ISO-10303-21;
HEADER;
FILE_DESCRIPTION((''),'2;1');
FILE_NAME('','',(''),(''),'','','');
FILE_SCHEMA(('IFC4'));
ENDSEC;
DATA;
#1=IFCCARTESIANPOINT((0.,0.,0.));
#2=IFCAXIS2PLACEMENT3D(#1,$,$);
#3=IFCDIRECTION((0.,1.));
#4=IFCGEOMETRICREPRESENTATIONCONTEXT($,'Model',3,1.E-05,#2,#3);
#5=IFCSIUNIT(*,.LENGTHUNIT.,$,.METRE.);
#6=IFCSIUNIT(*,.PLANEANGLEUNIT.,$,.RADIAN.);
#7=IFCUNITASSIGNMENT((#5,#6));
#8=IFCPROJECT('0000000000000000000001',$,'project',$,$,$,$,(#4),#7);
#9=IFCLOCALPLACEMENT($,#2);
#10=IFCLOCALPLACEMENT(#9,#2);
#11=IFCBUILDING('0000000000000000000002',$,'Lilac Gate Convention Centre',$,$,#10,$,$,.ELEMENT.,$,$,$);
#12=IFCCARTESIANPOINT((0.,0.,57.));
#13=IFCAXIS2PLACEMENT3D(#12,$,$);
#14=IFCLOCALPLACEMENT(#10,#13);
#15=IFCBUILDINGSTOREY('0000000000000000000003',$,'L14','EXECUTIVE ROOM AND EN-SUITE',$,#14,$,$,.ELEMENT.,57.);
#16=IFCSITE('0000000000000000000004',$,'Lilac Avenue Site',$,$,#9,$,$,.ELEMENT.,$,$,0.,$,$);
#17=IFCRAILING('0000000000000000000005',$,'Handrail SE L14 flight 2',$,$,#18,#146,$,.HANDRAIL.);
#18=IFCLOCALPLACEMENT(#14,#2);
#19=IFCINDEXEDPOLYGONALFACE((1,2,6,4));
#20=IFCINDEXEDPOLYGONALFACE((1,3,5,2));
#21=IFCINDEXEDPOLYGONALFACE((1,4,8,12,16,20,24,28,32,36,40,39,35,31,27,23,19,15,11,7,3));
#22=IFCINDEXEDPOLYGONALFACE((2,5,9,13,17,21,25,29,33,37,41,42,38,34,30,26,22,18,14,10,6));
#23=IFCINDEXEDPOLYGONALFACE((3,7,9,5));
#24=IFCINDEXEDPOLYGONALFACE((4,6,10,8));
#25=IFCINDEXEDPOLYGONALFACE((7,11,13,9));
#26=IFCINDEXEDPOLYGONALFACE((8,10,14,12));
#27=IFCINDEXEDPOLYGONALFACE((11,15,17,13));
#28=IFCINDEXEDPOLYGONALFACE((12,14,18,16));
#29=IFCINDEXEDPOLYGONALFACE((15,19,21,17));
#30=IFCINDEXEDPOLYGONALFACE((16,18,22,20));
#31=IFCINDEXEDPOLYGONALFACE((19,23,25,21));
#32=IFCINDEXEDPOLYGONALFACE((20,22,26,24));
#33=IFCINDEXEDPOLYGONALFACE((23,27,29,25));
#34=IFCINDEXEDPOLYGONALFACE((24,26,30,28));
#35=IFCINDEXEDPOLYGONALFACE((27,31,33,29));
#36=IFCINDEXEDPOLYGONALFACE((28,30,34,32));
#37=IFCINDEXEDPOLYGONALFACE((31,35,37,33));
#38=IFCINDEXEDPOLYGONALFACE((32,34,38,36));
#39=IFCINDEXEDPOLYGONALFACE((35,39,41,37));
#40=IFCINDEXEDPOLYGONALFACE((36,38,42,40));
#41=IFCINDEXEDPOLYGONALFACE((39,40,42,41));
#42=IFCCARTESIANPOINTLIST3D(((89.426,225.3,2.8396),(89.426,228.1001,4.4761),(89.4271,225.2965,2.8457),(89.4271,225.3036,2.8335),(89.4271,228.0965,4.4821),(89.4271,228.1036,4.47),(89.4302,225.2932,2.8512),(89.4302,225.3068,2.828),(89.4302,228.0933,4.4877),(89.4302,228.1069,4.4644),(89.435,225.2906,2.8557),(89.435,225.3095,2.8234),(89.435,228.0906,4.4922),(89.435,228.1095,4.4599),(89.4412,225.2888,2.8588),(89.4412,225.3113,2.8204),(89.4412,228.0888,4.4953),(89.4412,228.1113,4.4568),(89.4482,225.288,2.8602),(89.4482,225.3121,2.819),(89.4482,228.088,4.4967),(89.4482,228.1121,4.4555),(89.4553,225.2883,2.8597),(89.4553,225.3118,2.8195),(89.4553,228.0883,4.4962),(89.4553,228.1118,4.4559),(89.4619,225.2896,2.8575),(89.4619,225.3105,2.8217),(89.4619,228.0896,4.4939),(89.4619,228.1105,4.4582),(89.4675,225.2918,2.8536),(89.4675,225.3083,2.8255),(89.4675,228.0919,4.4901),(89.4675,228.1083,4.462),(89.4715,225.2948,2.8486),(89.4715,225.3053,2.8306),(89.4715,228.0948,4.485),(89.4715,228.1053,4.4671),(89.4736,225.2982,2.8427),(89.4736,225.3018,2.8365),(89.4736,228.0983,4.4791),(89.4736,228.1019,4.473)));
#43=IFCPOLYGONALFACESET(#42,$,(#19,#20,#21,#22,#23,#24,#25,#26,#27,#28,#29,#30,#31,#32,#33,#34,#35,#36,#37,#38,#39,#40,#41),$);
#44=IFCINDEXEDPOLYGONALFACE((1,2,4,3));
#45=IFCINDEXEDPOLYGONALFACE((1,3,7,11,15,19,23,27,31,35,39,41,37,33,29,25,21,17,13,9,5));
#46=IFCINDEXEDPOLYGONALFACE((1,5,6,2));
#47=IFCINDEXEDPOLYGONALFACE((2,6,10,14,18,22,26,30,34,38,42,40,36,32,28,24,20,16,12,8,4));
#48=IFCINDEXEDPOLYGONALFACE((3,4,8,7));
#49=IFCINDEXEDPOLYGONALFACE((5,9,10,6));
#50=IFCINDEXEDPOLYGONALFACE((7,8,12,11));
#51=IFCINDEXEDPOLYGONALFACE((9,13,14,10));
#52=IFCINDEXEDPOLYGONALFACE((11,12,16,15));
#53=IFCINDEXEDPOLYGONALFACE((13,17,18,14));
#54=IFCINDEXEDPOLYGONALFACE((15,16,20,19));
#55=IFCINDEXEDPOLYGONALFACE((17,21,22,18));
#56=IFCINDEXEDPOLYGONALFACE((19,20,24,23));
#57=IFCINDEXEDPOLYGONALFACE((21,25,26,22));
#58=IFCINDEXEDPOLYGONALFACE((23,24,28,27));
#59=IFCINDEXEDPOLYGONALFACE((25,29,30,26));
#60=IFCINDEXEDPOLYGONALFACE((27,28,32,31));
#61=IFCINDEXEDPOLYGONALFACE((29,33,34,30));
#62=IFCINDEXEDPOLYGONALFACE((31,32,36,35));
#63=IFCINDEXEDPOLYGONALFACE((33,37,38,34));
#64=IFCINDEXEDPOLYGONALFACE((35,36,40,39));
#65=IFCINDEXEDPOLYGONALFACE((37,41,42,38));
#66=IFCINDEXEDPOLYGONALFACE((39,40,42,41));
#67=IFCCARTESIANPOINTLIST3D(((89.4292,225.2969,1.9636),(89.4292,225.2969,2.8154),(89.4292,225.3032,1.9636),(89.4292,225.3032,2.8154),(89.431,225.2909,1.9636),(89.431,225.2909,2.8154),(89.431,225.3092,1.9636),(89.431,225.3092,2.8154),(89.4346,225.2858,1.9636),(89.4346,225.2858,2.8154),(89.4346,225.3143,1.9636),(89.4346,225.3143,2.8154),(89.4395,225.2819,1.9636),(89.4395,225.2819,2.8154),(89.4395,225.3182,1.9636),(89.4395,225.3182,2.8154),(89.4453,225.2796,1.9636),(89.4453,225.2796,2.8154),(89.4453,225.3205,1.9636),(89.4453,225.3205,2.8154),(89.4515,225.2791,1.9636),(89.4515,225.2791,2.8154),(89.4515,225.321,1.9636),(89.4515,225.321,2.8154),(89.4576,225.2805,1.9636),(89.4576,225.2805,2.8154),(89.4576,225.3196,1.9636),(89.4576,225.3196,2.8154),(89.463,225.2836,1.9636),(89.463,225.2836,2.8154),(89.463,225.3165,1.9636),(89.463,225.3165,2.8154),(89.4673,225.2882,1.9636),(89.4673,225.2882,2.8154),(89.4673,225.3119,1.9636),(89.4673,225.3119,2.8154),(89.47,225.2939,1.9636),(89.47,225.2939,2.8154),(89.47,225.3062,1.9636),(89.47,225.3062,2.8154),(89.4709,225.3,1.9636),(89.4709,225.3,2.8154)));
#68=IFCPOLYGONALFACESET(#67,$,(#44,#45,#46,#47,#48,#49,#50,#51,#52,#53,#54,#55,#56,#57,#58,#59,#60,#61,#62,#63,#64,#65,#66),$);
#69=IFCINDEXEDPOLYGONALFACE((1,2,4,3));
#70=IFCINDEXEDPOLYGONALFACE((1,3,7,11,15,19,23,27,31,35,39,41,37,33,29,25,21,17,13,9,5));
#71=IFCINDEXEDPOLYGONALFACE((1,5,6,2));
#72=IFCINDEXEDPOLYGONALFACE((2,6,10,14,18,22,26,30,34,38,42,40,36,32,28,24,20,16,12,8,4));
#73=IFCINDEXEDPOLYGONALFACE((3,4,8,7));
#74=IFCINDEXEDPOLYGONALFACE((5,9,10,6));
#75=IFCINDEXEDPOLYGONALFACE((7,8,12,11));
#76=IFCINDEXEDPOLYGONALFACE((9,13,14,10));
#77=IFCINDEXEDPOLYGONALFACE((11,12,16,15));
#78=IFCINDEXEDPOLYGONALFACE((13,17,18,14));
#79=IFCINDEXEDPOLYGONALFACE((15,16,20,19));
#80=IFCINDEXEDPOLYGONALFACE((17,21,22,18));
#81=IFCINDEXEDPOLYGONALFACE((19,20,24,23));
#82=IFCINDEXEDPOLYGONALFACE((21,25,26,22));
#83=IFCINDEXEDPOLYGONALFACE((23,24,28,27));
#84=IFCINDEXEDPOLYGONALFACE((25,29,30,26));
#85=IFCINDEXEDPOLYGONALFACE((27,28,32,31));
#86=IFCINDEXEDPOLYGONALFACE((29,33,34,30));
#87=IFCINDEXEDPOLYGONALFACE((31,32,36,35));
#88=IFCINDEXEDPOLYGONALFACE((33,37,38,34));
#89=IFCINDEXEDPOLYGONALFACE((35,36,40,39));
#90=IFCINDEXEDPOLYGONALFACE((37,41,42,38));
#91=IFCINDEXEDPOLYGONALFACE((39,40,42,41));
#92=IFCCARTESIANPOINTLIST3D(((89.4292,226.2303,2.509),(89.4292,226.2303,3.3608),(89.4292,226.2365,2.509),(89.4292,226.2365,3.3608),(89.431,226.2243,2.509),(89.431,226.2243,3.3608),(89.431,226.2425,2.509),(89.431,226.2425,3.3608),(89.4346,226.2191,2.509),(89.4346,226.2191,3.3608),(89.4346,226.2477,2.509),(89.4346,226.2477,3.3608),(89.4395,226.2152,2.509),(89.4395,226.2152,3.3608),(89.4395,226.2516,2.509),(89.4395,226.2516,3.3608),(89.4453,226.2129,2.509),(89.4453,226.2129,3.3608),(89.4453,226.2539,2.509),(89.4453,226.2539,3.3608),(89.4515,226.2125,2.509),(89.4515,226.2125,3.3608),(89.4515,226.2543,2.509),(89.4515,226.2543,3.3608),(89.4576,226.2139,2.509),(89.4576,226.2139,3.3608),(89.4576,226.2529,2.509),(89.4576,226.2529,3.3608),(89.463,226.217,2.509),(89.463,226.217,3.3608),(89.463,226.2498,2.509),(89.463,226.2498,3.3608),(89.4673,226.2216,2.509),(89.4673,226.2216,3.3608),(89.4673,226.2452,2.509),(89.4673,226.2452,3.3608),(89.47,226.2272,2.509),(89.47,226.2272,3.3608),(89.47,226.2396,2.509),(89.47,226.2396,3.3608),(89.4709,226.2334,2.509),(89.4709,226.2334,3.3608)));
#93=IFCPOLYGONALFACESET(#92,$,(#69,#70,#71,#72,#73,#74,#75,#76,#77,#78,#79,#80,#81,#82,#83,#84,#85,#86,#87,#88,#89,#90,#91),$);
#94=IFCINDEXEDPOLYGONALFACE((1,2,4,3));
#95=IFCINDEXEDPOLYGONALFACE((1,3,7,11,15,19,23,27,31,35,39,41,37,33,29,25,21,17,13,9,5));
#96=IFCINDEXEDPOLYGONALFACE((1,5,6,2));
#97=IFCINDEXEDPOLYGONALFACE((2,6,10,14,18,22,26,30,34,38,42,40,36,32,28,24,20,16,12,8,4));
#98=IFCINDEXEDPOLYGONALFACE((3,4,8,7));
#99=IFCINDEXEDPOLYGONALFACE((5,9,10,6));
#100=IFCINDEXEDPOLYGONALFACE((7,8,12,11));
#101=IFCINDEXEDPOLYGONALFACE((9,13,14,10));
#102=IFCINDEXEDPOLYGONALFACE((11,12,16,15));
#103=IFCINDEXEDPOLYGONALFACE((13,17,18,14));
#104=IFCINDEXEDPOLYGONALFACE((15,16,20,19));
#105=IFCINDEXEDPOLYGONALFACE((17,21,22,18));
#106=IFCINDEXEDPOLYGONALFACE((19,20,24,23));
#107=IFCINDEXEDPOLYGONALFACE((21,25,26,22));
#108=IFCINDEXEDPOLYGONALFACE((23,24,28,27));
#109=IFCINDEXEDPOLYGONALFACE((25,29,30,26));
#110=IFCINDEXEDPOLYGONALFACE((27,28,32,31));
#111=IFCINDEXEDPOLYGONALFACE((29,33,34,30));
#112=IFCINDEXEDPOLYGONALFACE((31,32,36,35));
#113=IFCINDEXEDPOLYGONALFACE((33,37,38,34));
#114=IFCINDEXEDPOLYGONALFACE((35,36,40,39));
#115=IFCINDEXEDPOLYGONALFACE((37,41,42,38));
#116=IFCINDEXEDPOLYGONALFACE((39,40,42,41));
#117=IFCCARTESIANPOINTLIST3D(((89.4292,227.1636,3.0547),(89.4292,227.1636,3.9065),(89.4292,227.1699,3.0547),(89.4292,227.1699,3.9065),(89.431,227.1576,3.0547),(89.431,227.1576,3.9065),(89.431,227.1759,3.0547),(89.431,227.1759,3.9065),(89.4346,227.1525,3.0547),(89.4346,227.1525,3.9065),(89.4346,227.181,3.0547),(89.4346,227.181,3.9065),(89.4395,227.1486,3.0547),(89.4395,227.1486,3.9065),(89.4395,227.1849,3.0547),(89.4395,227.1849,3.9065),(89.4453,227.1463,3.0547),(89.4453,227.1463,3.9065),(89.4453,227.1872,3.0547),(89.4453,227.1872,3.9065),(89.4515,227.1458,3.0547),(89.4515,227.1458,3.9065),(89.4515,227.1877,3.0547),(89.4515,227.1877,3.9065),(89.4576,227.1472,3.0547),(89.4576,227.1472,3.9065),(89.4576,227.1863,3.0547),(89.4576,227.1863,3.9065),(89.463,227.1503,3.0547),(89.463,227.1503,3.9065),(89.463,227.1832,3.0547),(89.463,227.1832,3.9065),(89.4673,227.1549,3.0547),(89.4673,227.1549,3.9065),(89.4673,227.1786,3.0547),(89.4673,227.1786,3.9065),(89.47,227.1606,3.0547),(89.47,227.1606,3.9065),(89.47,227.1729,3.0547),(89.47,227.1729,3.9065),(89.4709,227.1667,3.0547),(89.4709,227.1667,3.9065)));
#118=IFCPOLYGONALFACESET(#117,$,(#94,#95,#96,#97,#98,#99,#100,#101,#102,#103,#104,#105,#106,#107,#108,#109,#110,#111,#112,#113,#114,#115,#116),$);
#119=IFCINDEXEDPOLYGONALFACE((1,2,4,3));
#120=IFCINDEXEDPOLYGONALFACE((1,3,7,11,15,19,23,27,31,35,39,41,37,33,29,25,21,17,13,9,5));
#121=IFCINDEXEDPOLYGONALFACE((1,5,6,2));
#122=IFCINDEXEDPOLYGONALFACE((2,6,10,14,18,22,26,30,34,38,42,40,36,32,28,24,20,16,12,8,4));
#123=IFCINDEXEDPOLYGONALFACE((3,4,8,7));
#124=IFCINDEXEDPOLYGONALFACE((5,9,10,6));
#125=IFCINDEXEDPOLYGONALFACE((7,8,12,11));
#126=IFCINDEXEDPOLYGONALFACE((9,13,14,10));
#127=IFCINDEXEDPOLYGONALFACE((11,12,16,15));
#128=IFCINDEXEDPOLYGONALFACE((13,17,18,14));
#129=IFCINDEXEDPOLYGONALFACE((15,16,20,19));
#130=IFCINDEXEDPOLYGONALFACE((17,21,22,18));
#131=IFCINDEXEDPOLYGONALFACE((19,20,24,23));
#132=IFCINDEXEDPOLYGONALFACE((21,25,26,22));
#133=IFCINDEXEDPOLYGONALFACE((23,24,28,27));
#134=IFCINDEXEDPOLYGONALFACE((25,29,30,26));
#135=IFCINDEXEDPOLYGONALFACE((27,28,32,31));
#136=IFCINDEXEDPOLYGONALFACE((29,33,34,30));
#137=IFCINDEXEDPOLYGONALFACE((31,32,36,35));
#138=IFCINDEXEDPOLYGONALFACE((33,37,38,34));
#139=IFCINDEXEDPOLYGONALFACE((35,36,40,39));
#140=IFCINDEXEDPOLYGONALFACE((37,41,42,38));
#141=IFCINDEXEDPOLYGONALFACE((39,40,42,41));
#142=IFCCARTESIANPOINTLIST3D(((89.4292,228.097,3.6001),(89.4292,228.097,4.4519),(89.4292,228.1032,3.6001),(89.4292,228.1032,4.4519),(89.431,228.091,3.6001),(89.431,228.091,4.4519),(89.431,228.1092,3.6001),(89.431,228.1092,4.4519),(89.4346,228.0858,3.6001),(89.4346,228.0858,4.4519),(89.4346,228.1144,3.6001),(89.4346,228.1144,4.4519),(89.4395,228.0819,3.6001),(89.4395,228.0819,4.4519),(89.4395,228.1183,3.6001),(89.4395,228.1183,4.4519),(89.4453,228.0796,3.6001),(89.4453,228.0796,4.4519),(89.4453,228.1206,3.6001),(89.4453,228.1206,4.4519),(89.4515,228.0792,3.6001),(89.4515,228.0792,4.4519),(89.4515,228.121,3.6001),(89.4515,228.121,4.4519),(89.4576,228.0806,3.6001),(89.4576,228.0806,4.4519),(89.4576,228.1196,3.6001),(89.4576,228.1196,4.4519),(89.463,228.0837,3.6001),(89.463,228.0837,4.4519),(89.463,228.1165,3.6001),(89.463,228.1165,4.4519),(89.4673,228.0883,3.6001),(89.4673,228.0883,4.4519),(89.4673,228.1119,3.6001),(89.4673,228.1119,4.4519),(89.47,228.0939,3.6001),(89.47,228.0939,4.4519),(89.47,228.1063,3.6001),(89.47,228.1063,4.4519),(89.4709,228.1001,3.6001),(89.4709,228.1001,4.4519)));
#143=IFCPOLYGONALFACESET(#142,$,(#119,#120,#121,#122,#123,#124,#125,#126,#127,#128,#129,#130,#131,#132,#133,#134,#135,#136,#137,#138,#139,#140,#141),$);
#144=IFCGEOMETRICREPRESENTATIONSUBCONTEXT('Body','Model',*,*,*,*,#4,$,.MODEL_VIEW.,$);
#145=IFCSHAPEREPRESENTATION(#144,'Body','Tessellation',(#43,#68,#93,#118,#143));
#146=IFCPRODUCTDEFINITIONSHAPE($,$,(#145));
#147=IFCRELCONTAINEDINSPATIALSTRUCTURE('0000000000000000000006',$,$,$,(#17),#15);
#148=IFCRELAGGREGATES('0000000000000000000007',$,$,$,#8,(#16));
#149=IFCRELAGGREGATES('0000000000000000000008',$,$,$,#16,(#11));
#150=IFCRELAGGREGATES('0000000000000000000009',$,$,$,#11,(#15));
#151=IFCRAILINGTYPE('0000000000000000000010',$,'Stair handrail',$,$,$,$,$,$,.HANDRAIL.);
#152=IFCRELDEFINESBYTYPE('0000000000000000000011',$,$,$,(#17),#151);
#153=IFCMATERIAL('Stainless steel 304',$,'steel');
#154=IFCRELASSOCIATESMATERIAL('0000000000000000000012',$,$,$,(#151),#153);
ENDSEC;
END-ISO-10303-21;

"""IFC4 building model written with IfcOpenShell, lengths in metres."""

from ifc_helpers import new_model, si_unit, direction, frame, origin, origin_2d, place, context, subcontext, project, spatial, circle, extrude, material, type_object, element, save


model = new_model("IFC4")

# Units and contexts
model_context = context("Model", 3, precision=1e-05, world=origin(), true_north=direction((0.0, 1.0)))
body_context = subcontext(model_context, "Body", "Model", "MODEL_VIEW")
ifc_project = project(units=[si_unit("LENGTHUNIT", "METRE"), si_unit("PLANEANGLEUNIT", "RADIAN")], contexts=[model_context])

# Site, building, storey
site_placement = place(None, origin())
site = spatial("IfcSite", under=ifc_project, at=site_placement, Name="Lilac Avenue Site", CompositionType="ELEMENT", RefElevation=0.0)
building_placement = place(site_placement, origin())
building = spatial("IfcBuilding", under=site, at=building_placement, Name="Lilac Gate Convention Centre", CompositionType="ELEMENT")
storey_placement = place(building_placement, frame((0.0, 0.0, 57.0)))
storey = spatial("IfcBuildingStorey", under=building, at=storey_placement, Name="L14", Description="EXECUTIVE ROOM AND EN-SUITE", CompositionType="ELEMENT", Elevation=57.0)

# Railing
ifc_material_1 = material(Name="Stainless steel 304", Category="steel")
railing_type = type_object("IfcRailingType", Name="Stair handrail", PredefinedType="HANDRAIL", material=ifc_material_1)
for number, where, name in (
    (1, (89.45, 225.3, 1.9636), "Handrail SE L14 flight 2"),
):
    element("IfcRailing", number, at=place(storey_placement, frame(where)), inside=storey, type_object=railing_type, Name=name, PredefinedType="HANDRAIL", context=body_context, shape_type="SweptSolid", body=[
        extrude(circle(Radius=0.0239, at=origin_2d()), frame((0.0, 0.0, 0.876), z_axis=(0.0, 0.863361, 0.504587), x_axis=(-1.0, 0.0, 0.0)), (0.0, 0.0, 1.0), 3.2432),
        extrude(circle(Radius=0.021, at=origin_2d()), origin(), (0.0, 0.0, 1.0), 0.8518),
        extrude(circle(Radius=0.021, at=origin_2d()), frame((0.0, 0.9333, 0.5454)), (0.0, 0.0, 1.0), 0.8518),
        extrude(circle(Radius=0.021, at=origin_2d()), frame((0.0, 1.8667, 1.0911)), (0.0, 0.0, 1.0), 0.8518),
        extrude(circle(Radius=0.021, at=origin_2d()), frame((0.0, 2.8, 1.6365)), (0.0, 0.0, 1.0), 0.8518),
    ])

save(model, "model.ifc")
